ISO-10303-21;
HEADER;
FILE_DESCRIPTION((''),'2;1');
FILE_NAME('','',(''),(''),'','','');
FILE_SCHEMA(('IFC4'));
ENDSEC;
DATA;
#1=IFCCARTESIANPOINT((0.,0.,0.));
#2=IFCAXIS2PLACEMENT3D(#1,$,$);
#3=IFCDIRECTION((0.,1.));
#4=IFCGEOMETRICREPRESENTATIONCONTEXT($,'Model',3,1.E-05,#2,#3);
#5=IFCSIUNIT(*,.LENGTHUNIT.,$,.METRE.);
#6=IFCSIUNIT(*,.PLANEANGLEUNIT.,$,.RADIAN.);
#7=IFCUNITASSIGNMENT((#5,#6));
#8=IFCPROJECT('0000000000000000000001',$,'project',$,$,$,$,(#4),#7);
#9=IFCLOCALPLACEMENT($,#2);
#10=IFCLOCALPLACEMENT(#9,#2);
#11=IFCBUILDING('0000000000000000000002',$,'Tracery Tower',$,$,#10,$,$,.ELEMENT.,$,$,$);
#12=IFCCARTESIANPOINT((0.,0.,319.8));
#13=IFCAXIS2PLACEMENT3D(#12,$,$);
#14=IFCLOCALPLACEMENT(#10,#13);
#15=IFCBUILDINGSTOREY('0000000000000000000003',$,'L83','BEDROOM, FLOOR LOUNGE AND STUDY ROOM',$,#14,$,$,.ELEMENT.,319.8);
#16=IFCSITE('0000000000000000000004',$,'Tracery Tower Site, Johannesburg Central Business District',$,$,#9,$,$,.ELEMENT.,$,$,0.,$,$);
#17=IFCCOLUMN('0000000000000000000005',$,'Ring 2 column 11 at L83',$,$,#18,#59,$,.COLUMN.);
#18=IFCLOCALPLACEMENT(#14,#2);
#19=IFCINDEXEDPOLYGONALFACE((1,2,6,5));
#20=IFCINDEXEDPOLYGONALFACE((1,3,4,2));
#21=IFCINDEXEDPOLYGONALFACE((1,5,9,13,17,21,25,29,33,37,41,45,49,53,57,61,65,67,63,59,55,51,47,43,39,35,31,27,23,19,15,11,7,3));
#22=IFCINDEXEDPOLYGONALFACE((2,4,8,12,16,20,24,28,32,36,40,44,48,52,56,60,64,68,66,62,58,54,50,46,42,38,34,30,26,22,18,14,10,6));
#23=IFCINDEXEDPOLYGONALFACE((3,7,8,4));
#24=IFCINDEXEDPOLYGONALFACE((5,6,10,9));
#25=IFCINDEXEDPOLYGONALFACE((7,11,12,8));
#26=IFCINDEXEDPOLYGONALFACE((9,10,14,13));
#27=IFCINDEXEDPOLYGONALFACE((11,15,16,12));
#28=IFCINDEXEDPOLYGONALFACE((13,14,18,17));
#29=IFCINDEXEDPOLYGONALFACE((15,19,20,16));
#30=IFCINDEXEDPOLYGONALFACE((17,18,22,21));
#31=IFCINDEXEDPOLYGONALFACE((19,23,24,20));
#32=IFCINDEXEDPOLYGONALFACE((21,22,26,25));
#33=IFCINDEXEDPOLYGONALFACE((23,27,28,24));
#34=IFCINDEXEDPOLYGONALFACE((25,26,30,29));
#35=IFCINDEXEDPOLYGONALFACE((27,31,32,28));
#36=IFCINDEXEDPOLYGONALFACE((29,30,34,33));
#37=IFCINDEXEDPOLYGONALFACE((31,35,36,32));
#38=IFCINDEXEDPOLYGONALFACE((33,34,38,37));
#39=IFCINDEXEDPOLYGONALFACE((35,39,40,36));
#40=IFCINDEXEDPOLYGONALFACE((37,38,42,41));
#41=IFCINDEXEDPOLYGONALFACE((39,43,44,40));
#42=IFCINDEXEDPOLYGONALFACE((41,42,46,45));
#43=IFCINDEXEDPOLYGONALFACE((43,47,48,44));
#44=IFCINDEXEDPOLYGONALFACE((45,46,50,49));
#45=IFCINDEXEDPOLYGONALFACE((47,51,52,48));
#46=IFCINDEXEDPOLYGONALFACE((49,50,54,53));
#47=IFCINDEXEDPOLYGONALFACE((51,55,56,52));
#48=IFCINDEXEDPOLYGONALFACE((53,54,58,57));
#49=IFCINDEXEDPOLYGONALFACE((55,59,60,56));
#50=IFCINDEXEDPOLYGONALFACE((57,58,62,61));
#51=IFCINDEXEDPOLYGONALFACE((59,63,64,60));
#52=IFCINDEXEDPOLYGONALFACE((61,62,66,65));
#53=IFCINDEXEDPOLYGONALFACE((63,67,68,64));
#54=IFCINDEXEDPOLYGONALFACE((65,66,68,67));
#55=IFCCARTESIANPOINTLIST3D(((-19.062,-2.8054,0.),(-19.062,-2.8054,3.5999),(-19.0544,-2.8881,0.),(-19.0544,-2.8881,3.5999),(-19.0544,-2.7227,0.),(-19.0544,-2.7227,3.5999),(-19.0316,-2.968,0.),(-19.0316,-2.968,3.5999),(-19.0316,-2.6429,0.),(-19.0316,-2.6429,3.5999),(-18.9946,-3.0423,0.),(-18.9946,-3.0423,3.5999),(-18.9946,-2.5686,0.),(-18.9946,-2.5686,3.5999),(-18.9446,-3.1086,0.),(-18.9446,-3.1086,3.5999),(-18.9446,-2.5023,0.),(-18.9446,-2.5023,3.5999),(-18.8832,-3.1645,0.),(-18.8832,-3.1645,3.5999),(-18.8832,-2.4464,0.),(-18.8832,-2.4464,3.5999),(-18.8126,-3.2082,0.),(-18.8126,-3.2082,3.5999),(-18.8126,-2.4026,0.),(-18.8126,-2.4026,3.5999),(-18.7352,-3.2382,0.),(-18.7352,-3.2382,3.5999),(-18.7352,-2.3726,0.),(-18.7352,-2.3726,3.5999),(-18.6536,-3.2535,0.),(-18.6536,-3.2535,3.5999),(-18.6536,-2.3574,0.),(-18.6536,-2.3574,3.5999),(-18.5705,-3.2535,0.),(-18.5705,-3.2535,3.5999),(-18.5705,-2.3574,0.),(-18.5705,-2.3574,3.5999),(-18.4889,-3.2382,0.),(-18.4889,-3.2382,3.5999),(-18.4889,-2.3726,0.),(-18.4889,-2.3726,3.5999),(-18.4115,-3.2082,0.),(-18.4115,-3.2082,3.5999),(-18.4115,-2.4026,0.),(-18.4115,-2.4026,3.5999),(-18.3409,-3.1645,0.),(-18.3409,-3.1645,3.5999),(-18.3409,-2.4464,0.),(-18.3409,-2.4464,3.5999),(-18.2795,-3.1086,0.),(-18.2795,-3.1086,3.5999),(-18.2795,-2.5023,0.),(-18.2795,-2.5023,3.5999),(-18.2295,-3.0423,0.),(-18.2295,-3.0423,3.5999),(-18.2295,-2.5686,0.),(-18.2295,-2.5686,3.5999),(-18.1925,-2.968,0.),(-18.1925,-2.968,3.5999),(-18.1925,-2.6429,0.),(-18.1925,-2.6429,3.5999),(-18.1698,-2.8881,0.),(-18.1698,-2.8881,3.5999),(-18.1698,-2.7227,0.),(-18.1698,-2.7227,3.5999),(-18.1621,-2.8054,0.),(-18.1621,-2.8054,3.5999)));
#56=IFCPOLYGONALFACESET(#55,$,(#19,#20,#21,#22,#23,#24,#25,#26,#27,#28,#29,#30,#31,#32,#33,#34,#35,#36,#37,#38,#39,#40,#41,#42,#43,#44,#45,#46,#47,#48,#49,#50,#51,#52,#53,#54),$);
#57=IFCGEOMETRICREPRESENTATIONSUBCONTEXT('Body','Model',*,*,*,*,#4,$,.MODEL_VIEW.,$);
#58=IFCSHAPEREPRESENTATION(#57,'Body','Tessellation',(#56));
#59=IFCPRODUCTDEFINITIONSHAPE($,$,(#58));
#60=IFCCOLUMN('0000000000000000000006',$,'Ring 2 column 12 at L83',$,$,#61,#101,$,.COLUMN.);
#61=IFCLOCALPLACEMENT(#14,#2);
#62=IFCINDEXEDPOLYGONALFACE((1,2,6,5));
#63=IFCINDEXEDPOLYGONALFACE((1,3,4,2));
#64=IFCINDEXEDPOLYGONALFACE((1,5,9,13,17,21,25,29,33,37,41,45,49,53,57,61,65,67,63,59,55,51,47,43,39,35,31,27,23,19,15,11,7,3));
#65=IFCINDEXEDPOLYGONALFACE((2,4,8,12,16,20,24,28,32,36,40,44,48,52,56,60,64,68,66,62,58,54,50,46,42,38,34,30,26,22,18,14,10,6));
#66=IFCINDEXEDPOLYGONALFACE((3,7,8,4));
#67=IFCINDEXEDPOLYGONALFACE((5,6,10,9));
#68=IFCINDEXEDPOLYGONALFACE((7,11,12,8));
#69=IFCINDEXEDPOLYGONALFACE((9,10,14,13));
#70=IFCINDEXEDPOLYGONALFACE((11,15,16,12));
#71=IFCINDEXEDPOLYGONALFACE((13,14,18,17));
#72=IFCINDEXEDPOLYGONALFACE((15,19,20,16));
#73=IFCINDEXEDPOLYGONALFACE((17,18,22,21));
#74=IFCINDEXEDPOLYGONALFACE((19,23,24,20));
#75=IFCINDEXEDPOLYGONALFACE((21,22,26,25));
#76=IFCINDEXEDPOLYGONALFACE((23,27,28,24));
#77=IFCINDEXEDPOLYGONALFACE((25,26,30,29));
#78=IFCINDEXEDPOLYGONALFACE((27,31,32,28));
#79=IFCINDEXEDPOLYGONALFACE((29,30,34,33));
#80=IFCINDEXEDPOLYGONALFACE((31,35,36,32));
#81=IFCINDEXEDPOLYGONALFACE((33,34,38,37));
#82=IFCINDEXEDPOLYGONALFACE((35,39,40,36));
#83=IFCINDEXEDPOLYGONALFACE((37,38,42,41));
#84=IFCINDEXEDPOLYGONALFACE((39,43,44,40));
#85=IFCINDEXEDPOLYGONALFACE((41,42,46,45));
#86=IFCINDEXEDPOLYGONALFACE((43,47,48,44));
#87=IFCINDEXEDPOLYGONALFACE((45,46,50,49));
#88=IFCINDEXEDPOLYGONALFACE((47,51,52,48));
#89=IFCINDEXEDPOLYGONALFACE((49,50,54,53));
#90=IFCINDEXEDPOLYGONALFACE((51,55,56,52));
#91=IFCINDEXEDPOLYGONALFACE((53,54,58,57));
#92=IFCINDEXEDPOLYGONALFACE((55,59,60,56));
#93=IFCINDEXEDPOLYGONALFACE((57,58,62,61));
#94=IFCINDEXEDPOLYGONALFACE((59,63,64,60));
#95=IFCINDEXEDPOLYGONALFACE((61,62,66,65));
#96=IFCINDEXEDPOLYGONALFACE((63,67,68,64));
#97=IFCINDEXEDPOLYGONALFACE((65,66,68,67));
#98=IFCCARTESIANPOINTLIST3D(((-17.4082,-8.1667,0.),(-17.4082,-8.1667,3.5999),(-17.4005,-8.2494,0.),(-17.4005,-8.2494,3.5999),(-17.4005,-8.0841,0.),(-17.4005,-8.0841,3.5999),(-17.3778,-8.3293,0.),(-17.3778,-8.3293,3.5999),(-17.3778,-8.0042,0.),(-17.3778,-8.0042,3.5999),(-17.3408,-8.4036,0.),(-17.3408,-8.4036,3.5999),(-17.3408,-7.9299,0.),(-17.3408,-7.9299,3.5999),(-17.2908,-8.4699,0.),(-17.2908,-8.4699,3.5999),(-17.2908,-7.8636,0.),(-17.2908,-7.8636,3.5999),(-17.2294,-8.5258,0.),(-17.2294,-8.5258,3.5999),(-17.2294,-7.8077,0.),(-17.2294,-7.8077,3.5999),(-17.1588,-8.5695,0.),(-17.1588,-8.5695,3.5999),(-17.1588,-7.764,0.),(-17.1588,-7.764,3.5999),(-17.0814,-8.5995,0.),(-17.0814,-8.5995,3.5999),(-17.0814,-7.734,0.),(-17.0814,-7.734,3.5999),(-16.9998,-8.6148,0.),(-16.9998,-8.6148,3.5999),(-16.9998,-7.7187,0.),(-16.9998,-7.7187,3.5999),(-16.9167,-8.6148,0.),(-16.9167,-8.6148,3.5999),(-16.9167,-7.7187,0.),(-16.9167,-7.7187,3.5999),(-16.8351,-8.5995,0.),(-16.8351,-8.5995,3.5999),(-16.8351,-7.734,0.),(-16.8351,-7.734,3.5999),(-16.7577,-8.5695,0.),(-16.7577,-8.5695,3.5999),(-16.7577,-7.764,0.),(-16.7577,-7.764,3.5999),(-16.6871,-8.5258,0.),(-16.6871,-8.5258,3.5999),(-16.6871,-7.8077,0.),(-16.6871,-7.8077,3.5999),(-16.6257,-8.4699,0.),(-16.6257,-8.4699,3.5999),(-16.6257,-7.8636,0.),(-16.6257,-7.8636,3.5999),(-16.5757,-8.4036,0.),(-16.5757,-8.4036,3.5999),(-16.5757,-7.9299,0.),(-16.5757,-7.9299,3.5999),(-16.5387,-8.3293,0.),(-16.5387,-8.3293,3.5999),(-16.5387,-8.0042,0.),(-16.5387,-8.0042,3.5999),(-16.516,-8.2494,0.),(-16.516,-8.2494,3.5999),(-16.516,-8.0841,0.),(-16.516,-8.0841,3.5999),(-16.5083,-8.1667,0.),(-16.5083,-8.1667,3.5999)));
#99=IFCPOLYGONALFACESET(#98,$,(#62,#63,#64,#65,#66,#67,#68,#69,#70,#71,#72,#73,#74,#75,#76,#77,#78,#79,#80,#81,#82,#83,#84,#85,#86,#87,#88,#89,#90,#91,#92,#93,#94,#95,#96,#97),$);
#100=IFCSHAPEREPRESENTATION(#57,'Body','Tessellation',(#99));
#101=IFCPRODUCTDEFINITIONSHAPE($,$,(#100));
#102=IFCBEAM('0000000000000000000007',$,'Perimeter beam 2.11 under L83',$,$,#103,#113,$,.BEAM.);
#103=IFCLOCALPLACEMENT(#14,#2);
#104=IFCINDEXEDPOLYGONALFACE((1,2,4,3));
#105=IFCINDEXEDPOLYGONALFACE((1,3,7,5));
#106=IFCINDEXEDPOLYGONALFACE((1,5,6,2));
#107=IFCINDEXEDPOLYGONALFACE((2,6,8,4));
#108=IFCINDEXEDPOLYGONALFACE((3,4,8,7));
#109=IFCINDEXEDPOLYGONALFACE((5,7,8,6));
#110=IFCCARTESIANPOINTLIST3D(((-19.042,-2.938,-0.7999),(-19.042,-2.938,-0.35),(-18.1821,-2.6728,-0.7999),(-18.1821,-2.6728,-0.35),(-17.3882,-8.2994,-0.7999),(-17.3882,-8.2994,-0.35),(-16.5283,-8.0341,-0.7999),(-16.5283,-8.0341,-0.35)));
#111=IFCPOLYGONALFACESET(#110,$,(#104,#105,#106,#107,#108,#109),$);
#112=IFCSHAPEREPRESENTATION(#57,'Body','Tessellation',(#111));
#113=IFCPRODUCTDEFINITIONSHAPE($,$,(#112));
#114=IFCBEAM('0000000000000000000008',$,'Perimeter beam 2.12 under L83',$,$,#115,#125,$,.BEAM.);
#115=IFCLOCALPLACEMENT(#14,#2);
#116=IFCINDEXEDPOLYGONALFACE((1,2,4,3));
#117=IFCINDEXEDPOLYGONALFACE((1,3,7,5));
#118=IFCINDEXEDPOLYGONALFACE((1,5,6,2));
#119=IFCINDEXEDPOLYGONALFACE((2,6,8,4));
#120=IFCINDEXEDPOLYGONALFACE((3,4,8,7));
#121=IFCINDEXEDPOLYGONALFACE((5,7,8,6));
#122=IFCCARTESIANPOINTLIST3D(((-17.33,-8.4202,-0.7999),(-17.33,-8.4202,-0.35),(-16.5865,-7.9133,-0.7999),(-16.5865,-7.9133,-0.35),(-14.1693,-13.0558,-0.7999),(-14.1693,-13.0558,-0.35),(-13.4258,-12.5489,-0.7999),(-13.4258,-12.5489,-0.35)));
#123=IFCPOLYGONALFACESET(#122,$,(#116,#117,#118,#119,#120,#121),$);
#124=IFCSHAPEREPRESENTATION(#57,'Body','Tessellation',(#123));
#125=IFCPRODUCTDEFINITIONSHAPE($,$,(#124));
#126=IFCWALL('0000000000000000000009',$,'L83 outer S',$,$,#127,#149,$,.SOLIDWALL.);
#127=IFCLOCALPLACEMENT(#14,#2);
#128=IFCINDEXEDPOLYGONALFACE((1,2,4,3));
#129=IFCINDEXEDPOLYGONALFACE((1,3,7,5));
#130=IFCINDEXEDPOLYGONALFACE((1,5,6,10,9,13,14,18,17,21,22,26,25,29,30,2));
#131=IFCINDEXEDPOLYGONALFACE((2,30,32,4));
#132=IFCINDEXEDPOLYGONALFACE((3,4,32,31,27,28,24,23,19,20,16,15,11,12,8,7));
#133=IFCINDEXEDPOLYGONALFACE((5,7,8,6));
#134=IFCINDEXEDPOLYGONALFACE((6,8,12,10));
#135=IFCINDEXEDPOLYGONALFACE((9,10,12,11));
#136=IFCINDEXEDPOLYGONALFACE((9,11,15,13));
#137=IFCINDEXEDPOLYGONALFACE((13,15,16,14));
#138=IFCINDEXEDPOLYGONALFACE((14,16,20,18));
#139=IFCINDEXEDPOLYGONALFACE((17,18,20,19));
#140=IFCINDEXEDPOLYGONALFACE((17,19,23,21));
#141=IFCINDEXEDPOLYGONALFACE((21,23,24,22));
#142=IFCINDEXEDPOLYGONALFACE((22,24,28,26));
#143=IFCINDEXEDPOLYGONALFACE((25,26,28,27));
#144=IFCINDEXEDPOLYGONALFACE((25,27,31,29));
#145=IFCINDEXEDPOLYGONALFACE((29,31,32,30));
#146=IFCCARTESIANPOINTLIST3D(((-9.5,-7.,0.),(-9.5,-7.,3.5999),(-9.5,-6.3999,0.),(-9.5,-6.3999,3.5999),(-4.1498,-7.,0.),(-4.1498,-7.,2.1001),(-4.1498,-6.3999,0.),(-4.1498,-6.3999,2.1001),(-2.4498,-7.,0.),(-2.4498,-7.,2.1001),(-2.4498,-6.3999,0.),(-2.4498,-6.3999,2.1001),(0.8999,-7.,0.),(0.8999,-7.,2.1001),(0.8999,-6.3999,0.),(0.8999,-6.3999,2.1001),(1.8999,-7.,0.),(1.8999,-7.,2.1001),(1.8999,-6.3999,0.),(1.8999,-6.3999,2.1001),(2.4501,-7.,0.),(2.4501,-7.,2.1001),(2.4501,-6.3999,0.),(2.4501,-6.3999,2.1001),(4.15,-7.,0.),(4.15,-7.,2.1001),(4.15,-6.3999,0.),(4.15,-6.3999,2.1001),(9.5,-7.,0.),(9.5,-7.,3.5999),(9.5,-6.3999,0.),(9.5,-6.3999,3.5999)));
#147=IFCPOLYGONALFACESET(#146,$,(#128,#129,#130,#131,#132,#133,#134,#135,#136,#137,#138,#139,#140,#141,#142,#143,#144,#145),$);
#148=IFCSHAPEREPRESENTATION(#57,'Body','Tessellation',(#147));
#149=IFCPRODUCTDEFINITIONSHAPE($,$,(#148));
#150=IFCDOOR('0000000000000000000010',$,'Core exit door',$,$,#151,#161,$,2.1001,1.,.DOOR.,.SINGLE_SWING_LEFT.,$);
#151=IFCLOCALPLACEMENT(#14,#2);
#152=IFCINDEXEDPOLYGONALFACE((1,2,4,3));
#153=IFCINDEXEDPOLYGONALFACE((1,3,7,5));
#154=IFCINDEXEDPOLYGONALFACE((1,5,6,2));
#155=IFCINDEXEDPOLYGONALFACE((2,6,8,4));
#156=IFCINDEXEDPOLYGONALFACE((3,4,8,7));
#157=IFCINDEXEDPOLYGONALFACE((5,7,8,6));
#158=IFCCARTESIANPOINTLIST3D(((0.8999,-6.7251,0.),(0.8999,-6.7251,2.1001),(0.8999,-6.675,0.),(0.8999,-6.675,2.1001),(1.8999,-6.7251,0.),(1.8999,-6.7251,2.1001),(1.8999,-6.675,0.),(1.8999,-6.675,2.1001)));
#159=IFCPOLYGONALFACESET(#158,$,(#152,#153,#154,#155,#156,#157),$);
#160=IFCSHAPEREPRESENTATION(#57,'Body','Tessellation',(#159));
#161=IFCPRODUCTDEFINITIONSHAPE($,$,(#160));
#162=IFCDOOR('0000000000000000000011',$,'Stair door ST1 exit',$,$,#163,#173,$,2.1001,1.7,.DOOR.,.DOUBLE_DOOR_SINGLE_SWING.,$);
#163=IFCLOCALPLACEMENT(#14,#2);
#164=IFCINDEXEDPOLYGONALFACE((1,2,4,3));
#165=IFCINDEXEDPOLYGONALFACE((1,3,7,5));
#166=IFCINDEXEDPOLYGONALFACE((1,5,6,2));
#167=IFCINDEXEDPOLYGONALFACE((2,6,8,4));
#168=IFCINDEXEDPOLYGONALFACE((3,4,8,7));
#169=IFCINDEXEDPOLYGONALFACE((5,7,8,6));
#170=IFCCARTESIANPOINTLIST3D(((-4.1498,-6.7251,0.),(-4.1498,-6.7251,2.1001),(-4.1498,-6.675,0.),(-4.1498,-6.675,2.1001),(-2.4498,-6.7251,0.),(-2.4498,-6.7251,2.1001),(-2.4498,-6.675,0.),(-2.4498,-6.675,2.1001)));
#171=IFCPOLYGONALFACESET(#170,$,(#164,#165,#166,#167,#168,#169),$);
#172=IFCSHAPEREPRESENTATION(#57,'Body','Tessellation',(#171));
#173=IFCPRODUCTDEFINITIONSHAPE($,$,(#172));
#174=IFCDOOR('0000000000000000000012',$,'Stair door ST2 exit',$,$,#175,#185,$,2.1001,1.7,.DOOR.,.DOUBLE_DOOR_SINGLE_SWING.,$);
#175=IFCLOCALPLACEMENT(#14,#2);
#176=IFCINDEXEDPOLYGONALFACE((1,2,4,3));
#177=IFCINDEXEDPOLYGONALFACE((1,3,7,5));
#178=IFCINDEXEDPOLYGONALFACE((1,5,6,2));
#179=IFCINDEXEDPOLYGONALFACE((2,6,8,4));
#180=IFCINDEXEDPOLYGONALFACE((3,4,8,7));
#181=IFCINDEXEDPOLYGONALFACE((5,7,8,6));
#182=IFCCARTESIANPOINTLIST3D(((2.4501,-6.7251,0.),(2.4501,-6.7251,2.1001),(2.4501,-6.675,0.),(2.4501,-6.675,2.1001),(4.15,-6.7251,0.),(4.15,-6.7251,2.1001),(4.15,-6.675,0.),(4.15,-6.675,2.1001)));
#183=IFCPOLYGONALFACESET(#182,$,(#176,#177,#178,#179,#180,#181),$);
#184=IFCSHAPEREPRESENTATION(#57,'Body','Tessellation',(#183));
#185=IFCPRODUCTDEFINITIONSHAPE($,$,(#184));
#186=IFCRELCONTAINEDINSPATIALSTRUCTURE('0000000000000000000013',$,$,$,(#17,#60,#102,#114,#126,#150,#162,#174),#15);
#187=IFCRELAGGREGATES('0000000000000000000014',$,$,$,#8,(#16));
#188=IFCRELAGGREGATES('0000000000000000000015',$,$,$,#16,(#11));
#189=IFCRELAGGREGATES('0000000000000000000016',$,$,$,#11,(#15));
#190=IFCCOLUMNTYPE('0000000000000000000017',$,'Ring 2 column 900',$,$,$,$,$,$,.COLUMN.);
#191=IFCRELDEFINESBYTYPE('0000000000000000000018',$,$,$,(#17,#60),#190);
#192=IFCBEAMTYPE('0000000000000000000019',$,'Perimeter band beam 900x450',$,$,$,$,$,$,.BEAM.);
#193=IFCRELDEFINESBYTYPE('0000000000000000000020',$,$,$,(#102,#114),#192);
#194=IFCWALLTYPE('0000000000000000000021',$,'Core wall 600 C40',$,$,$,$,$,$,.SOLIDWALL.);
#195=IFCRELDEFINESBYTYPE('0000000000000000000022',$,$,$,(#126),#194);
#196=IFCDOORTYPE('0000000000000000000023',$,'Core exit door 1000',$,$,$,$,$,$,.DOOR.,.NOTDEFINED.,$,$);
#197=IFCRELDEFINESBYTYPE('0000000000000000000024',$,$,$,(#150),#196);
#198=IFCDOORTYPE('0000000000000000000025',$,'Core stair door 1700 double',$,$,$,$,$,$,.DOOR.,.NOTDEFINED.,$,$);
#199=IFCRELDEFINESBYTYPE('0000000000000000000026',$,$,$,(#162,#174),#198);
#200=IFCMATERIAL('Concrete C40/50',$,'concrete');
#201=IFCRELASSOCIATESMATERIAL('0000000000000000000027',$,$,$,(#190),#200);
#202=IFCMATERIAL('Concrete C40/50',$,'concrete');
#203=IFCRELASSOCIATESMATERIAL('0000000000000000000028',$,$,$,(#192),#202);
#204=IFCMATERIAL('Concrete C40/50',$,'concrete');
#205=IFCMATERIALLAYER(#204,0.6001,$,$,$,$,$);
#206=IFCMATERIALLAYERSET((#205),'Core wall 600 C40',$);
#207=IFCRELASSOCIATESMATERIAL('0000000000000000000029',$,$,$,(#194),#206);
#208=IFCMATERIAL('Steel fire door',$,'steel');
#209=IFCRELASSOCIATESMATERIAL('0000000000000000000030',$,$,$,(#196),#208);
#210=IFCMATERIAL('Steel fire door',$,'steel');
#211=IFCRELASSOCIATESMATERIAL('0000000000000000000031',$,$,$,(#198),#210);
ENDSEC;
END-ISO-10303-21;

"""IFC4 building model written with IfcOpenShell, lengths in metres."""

from ifc_helpers import new_model, si_unit, direction, frame, frame_2d, origin, origin_2d, place, context, subcontext, project, spatial, rectangle, circle, extrude, material, layer, layer_set, material_profile, profile_set, type_object, element, fill, save


model = new_model("IFC4")

# Units and contexts
model_context = context("Model", 3, precision=1e-05, world=origin(), true_north=direction((0.0, 1.0)))
body_context = subcontext(model_context, "Body", "Model", "MODEL_VIEW")
ifc_project = project(units=[si_unit("LENGTHUNIT", "METRE"), si_unit("PLANEANGLEUNIT", "RADIAN")], contexts=[model_context])

# Site, building, storey
site_placement = place(None, origin())
site = spatial("IfcSite", under=ifc_project, at=site_placement, Name="Tracery Tower Site, Johannesburg Central Business District", CompositionType="ELEMENT", RefElevation=0.0)
building_placement = place(site_placement, origin())
building = spatial("IfcBuilding", under=site, at=building_placement, Name="Tracery Tower", CompositionType="ELEMENT")
storey_placement = place(building_placement, frame((0.0, 0.0, 319.8)))
storey = spatial("IfcBuildingStorey", under=building, at=storey_placement, Name="L83", Description="BEDROOM, FLOOR LOUNGE AND STUDY ROOM", CompositionType="ELEMENT", Elevation=319.8)

# Columns
ifc_material_1 = material(Name="Concrete C40/50", Category="concrete")
ifc_material_profile_1 = material_profile(ifc_material_1, circle(Radius=0.45, at=origin_2d()), Name="RC D900")
ifc_profile_set_1 = profile_set([ifc_material_profile_1], Name="Concrete C40/50")
column_type = type_object("IfcColumnType", Name="Ring 2 column 900", PredefinedType="COLUMN", material=ifc_profile_set_1)
for number, where, z_axis, x_axis, name in (
    (1, (-18.6121, -2.8054, 0.0), (0.0, 0.0, 1.0), (1.0, 0.0, 0.0), "Ring 2 column 11 at L83"),
    (2, (-16.9583, -8.1667, 0.0), (0.0, 0.0, 1.0), (1.0, 0.0, 0.0), "Ring 2 column 12 at L83"),
):
    element("IfcColumn", number, at=place(storey_placement, frame(where, z_axis=z_axis, x_axis=x_axis)), inside=storey, type_object=column_type, Name=name, PredefinedType="COLUMN", context=body_context, shape_type="SweptSolid", body=[
        extrude(circle(Radius=0.45, at=origin_2d()), origin(), (0.0, 0.0, 1.0), 3.5999),
    ])

# Beams
ifc_material_2 = material(Name="Concrete C40/50", Category="concrete")
ifc_material_profile_2 = material_profile(ifc_material_2, rectangle(XDim=0.8999, YDim=0.45, at=origin_2d()), Name="RC 900x450")
ifc_profile_set_2 = profile_set([ifc_material_profile_2], Name="Concrete C40/50")
beam_type = type_object("IfcBeamType", Name="Perimeter band beam 900x450", PredefinedType="BEAM", material=ifc_profile_set_2)
for number, where, z_axis, x_axis, name in (
    (3, (-18.6121, -2.8054, -0.575), (0.294765, -0.95557, 0.0), (0.95557, 0.294765, 0.0), "Perimeter beam 2.11 under L83"),
    (4, (-16.9583, -8.1667, -0.575), (0.563346, -0.826221, 0.0), (0.826221, 0.563346, 0.0), "Perimeter beam 2.12 under L83"),
):
    element("IfcBeam", number, at=place(storey_placement, frame(where, z_axis=z_axis, x_axis=x_axis)), inside=storey, type_object=beam_type, Name=name, PredefinedType="BEAM", context=body_context, shape_type="SweptSolid", body=[
        extrude(rectangle(XDim=0.8999, YDim=0.45, at=origin_2d()), origin(), (0.0, 0.0, 1.0), 5.6106),
    ])

# Wall, openings, doors
ifc_material_3 = material(Name="Concrete C40/50", Category="concrete")
ifc_layer_1 = layer(ifc_material_3, 0.6001)
ifc_layer_set_1 = layer_set([ifc_layer_1], Name="Core wall 600 C40")
wall_type_1 = type_object("IfcWallType", Name="Core wall 600 C40", PredefinedType="SOLIDWALL", material=ifc_layer_set_1)
wall_1_placement = place(storey_placement, frame((-9.5, -6.7, 0.0), z_axis=(0.0, 0.0, 1.0), x_axis=(1.0, 0.0, 0.0)))
wall_1 = element("IfcWall", 5, at=wall_1_placement, inside=storey, type_object=wall_type_1, Name="L83 outer S", PredefinedType="SOLIDWALL", context=body_context, shape_type="SweptSolid", body=[
    extrude(rectangle(XDim=19.0, YDim=0.6001, at=frame_2d((9.5, 0.0))), origin(), (0.0, 0.0, 1.0), 3.5999),
])
opening_1_placement = place(wall_1_placement, frame((10.3999, 0.0, 0.0)))
opening_1 = element("IfcOpeningElement", 6, at=opening_1_placement, cuts=wall_1, PredefinedType="OPENING", context=body_context, shape_type="SweptSolid", body=[
    extrude(rectangle(XDim=1.0, YDim=2.1001, at=frame_2d((0.5, 1.05))), frame((0.0, 0.3, 0.0), z_axis=(0.0, -1.0, 0.0), x_axis=(1.0, 0.0, 0.0)), (0.0, 0.0, 1.0), 0.6001),
])
opening_2_placement = place(wall_1_placement, frame((5.3501, 0.0, 0.0)))
opening_2 = element("IfcOpeningElement", 7, at=opening_2_placement, cuts=wall_1, PredefinedType="OPENING", context=body_context, shape_type="SweptSolid", body=[
    extrude(rectangle(XDim=1.7, YDim=2.1001, at=frame_2d((0.8501, 1.05))), frame((0.0, 0.3, 0.0), z_axis=(0.0, -1.0, 0.0), x_axis=(1.0, 0.0, 0.0)), (0.0, 0.0, 1.0), 0.6001),
])
opening_3_placement = place(wall_1_placement, frame((11.95, 0.0, 0.0)))
opening_3 = element("IfcOpeningElement", 8, at=opening_3_placement, cuts=wall_1, PredefinedType="OPENING", context=body_context, shape_type="SweptSolid", body=[
    extrude(rectangle(XDim=1.7, YDim=2.1001, at=frame_2d((0.8501, 1.05))), frame((0.0, 0.3, 0.0), z_axis=(0.0, -1.0, 0.0), x_axis=(1.0, 0.0, 0.0)), (0.0, 0.0, 1.0), 0.6001),
])
ifc_material_4 = material(Name="Steel fire door", Category="steel")
door_type_1 = type_object("IfcDoorType", Name="Core exit door 1000", OperationType="NOTDEFINED", PredefinedType="DOOR", material=ifc_material_4)
door_1_placement = place(opening_1_placement, origin())
door_1 = element("IfcDoor", 9, at=door_1_placement, inside=storey, type_object=door_type_1, Name="Core exit door", OperationType="SINGLE_SWING_LEFT", OverallHeight=2.1001, OverallWidth=1.0, PredefinedType="DOOR", context=body_context, shape_type="SweptSolid", body=[
    extrude(rectangle(XDim=1.0, YDim=2.1001, at=frame_2d((0.5, 1.05))), frame((0.0, 0.0249, 0.0), z_axis=(0.0, -1.0, 0.0), x_axis=(1.0, 0.0, 0.0)), (0.0, 0.0, 1.0), 0.05),
])
fill(opening_1, door_1)
ifc_material_5 = material(Name="Steel fire door", Category="steel")
door_type_2 = type_object("IfcDoorType", Name="Core stair door 1700 double", OperationType="NOTDEFINED", PredefinedType="DOOR", material=ifc_material_5)
door_2_placement = place(opening_2_placement, origin())
door_2 = element("IfcDoor", 10, at=door_2_placement, inside=storey, type_object=door_type_2, Name="Stair door ST1 exit", OperationType="DOUBLE_DOOR_SINGLE_SWING", OverallHeight=2.1001, OverallWidth=1.7, PredefinedType="DOOR", context=body_context, shape_type="SweptSolid", body=[
    extrude(rectangle(XDim=1.7, YDim=2.1001, at=frame_2d((0.8501, 1.05))), frame((0.0, 0.0249, 0.0), z_axis=(0.0, -1.0, 0.0), x_axis=(1.0, 0.0, 0.0)), (0.0, 0.0, 1.0), 0.05),
])
fill(opening_2, door_2)
door_3_placement = place(opening_3_placement, origin())
door_3 = element("IfcDoor", 11, at=door_3_placement, inside=storey, type_object=door_type_2, Name="Stair door ST2 exit", OperationType="DOUBLE_DOOR_SINGLE_SWING", OverallHeight=2.1001, OverallWidth=1.7, PredefinedType="DOOR", context=body_context, shape_type="SweptSolid", body=[
    extrude(rectangle(XDim=1.7, YDim=2.1001, at=frame_2d((0.8501, 1.05))), frame((0.0, 0.0249, 0.0), z_axis=(0.0, -1.0, 0.0), x_axis=(1.0, 0.0, 0.0)), (0.0, 0.0, 1.0), 0.05),
])
fill(opening_3, door_3)

save(model, "model.ifc")
